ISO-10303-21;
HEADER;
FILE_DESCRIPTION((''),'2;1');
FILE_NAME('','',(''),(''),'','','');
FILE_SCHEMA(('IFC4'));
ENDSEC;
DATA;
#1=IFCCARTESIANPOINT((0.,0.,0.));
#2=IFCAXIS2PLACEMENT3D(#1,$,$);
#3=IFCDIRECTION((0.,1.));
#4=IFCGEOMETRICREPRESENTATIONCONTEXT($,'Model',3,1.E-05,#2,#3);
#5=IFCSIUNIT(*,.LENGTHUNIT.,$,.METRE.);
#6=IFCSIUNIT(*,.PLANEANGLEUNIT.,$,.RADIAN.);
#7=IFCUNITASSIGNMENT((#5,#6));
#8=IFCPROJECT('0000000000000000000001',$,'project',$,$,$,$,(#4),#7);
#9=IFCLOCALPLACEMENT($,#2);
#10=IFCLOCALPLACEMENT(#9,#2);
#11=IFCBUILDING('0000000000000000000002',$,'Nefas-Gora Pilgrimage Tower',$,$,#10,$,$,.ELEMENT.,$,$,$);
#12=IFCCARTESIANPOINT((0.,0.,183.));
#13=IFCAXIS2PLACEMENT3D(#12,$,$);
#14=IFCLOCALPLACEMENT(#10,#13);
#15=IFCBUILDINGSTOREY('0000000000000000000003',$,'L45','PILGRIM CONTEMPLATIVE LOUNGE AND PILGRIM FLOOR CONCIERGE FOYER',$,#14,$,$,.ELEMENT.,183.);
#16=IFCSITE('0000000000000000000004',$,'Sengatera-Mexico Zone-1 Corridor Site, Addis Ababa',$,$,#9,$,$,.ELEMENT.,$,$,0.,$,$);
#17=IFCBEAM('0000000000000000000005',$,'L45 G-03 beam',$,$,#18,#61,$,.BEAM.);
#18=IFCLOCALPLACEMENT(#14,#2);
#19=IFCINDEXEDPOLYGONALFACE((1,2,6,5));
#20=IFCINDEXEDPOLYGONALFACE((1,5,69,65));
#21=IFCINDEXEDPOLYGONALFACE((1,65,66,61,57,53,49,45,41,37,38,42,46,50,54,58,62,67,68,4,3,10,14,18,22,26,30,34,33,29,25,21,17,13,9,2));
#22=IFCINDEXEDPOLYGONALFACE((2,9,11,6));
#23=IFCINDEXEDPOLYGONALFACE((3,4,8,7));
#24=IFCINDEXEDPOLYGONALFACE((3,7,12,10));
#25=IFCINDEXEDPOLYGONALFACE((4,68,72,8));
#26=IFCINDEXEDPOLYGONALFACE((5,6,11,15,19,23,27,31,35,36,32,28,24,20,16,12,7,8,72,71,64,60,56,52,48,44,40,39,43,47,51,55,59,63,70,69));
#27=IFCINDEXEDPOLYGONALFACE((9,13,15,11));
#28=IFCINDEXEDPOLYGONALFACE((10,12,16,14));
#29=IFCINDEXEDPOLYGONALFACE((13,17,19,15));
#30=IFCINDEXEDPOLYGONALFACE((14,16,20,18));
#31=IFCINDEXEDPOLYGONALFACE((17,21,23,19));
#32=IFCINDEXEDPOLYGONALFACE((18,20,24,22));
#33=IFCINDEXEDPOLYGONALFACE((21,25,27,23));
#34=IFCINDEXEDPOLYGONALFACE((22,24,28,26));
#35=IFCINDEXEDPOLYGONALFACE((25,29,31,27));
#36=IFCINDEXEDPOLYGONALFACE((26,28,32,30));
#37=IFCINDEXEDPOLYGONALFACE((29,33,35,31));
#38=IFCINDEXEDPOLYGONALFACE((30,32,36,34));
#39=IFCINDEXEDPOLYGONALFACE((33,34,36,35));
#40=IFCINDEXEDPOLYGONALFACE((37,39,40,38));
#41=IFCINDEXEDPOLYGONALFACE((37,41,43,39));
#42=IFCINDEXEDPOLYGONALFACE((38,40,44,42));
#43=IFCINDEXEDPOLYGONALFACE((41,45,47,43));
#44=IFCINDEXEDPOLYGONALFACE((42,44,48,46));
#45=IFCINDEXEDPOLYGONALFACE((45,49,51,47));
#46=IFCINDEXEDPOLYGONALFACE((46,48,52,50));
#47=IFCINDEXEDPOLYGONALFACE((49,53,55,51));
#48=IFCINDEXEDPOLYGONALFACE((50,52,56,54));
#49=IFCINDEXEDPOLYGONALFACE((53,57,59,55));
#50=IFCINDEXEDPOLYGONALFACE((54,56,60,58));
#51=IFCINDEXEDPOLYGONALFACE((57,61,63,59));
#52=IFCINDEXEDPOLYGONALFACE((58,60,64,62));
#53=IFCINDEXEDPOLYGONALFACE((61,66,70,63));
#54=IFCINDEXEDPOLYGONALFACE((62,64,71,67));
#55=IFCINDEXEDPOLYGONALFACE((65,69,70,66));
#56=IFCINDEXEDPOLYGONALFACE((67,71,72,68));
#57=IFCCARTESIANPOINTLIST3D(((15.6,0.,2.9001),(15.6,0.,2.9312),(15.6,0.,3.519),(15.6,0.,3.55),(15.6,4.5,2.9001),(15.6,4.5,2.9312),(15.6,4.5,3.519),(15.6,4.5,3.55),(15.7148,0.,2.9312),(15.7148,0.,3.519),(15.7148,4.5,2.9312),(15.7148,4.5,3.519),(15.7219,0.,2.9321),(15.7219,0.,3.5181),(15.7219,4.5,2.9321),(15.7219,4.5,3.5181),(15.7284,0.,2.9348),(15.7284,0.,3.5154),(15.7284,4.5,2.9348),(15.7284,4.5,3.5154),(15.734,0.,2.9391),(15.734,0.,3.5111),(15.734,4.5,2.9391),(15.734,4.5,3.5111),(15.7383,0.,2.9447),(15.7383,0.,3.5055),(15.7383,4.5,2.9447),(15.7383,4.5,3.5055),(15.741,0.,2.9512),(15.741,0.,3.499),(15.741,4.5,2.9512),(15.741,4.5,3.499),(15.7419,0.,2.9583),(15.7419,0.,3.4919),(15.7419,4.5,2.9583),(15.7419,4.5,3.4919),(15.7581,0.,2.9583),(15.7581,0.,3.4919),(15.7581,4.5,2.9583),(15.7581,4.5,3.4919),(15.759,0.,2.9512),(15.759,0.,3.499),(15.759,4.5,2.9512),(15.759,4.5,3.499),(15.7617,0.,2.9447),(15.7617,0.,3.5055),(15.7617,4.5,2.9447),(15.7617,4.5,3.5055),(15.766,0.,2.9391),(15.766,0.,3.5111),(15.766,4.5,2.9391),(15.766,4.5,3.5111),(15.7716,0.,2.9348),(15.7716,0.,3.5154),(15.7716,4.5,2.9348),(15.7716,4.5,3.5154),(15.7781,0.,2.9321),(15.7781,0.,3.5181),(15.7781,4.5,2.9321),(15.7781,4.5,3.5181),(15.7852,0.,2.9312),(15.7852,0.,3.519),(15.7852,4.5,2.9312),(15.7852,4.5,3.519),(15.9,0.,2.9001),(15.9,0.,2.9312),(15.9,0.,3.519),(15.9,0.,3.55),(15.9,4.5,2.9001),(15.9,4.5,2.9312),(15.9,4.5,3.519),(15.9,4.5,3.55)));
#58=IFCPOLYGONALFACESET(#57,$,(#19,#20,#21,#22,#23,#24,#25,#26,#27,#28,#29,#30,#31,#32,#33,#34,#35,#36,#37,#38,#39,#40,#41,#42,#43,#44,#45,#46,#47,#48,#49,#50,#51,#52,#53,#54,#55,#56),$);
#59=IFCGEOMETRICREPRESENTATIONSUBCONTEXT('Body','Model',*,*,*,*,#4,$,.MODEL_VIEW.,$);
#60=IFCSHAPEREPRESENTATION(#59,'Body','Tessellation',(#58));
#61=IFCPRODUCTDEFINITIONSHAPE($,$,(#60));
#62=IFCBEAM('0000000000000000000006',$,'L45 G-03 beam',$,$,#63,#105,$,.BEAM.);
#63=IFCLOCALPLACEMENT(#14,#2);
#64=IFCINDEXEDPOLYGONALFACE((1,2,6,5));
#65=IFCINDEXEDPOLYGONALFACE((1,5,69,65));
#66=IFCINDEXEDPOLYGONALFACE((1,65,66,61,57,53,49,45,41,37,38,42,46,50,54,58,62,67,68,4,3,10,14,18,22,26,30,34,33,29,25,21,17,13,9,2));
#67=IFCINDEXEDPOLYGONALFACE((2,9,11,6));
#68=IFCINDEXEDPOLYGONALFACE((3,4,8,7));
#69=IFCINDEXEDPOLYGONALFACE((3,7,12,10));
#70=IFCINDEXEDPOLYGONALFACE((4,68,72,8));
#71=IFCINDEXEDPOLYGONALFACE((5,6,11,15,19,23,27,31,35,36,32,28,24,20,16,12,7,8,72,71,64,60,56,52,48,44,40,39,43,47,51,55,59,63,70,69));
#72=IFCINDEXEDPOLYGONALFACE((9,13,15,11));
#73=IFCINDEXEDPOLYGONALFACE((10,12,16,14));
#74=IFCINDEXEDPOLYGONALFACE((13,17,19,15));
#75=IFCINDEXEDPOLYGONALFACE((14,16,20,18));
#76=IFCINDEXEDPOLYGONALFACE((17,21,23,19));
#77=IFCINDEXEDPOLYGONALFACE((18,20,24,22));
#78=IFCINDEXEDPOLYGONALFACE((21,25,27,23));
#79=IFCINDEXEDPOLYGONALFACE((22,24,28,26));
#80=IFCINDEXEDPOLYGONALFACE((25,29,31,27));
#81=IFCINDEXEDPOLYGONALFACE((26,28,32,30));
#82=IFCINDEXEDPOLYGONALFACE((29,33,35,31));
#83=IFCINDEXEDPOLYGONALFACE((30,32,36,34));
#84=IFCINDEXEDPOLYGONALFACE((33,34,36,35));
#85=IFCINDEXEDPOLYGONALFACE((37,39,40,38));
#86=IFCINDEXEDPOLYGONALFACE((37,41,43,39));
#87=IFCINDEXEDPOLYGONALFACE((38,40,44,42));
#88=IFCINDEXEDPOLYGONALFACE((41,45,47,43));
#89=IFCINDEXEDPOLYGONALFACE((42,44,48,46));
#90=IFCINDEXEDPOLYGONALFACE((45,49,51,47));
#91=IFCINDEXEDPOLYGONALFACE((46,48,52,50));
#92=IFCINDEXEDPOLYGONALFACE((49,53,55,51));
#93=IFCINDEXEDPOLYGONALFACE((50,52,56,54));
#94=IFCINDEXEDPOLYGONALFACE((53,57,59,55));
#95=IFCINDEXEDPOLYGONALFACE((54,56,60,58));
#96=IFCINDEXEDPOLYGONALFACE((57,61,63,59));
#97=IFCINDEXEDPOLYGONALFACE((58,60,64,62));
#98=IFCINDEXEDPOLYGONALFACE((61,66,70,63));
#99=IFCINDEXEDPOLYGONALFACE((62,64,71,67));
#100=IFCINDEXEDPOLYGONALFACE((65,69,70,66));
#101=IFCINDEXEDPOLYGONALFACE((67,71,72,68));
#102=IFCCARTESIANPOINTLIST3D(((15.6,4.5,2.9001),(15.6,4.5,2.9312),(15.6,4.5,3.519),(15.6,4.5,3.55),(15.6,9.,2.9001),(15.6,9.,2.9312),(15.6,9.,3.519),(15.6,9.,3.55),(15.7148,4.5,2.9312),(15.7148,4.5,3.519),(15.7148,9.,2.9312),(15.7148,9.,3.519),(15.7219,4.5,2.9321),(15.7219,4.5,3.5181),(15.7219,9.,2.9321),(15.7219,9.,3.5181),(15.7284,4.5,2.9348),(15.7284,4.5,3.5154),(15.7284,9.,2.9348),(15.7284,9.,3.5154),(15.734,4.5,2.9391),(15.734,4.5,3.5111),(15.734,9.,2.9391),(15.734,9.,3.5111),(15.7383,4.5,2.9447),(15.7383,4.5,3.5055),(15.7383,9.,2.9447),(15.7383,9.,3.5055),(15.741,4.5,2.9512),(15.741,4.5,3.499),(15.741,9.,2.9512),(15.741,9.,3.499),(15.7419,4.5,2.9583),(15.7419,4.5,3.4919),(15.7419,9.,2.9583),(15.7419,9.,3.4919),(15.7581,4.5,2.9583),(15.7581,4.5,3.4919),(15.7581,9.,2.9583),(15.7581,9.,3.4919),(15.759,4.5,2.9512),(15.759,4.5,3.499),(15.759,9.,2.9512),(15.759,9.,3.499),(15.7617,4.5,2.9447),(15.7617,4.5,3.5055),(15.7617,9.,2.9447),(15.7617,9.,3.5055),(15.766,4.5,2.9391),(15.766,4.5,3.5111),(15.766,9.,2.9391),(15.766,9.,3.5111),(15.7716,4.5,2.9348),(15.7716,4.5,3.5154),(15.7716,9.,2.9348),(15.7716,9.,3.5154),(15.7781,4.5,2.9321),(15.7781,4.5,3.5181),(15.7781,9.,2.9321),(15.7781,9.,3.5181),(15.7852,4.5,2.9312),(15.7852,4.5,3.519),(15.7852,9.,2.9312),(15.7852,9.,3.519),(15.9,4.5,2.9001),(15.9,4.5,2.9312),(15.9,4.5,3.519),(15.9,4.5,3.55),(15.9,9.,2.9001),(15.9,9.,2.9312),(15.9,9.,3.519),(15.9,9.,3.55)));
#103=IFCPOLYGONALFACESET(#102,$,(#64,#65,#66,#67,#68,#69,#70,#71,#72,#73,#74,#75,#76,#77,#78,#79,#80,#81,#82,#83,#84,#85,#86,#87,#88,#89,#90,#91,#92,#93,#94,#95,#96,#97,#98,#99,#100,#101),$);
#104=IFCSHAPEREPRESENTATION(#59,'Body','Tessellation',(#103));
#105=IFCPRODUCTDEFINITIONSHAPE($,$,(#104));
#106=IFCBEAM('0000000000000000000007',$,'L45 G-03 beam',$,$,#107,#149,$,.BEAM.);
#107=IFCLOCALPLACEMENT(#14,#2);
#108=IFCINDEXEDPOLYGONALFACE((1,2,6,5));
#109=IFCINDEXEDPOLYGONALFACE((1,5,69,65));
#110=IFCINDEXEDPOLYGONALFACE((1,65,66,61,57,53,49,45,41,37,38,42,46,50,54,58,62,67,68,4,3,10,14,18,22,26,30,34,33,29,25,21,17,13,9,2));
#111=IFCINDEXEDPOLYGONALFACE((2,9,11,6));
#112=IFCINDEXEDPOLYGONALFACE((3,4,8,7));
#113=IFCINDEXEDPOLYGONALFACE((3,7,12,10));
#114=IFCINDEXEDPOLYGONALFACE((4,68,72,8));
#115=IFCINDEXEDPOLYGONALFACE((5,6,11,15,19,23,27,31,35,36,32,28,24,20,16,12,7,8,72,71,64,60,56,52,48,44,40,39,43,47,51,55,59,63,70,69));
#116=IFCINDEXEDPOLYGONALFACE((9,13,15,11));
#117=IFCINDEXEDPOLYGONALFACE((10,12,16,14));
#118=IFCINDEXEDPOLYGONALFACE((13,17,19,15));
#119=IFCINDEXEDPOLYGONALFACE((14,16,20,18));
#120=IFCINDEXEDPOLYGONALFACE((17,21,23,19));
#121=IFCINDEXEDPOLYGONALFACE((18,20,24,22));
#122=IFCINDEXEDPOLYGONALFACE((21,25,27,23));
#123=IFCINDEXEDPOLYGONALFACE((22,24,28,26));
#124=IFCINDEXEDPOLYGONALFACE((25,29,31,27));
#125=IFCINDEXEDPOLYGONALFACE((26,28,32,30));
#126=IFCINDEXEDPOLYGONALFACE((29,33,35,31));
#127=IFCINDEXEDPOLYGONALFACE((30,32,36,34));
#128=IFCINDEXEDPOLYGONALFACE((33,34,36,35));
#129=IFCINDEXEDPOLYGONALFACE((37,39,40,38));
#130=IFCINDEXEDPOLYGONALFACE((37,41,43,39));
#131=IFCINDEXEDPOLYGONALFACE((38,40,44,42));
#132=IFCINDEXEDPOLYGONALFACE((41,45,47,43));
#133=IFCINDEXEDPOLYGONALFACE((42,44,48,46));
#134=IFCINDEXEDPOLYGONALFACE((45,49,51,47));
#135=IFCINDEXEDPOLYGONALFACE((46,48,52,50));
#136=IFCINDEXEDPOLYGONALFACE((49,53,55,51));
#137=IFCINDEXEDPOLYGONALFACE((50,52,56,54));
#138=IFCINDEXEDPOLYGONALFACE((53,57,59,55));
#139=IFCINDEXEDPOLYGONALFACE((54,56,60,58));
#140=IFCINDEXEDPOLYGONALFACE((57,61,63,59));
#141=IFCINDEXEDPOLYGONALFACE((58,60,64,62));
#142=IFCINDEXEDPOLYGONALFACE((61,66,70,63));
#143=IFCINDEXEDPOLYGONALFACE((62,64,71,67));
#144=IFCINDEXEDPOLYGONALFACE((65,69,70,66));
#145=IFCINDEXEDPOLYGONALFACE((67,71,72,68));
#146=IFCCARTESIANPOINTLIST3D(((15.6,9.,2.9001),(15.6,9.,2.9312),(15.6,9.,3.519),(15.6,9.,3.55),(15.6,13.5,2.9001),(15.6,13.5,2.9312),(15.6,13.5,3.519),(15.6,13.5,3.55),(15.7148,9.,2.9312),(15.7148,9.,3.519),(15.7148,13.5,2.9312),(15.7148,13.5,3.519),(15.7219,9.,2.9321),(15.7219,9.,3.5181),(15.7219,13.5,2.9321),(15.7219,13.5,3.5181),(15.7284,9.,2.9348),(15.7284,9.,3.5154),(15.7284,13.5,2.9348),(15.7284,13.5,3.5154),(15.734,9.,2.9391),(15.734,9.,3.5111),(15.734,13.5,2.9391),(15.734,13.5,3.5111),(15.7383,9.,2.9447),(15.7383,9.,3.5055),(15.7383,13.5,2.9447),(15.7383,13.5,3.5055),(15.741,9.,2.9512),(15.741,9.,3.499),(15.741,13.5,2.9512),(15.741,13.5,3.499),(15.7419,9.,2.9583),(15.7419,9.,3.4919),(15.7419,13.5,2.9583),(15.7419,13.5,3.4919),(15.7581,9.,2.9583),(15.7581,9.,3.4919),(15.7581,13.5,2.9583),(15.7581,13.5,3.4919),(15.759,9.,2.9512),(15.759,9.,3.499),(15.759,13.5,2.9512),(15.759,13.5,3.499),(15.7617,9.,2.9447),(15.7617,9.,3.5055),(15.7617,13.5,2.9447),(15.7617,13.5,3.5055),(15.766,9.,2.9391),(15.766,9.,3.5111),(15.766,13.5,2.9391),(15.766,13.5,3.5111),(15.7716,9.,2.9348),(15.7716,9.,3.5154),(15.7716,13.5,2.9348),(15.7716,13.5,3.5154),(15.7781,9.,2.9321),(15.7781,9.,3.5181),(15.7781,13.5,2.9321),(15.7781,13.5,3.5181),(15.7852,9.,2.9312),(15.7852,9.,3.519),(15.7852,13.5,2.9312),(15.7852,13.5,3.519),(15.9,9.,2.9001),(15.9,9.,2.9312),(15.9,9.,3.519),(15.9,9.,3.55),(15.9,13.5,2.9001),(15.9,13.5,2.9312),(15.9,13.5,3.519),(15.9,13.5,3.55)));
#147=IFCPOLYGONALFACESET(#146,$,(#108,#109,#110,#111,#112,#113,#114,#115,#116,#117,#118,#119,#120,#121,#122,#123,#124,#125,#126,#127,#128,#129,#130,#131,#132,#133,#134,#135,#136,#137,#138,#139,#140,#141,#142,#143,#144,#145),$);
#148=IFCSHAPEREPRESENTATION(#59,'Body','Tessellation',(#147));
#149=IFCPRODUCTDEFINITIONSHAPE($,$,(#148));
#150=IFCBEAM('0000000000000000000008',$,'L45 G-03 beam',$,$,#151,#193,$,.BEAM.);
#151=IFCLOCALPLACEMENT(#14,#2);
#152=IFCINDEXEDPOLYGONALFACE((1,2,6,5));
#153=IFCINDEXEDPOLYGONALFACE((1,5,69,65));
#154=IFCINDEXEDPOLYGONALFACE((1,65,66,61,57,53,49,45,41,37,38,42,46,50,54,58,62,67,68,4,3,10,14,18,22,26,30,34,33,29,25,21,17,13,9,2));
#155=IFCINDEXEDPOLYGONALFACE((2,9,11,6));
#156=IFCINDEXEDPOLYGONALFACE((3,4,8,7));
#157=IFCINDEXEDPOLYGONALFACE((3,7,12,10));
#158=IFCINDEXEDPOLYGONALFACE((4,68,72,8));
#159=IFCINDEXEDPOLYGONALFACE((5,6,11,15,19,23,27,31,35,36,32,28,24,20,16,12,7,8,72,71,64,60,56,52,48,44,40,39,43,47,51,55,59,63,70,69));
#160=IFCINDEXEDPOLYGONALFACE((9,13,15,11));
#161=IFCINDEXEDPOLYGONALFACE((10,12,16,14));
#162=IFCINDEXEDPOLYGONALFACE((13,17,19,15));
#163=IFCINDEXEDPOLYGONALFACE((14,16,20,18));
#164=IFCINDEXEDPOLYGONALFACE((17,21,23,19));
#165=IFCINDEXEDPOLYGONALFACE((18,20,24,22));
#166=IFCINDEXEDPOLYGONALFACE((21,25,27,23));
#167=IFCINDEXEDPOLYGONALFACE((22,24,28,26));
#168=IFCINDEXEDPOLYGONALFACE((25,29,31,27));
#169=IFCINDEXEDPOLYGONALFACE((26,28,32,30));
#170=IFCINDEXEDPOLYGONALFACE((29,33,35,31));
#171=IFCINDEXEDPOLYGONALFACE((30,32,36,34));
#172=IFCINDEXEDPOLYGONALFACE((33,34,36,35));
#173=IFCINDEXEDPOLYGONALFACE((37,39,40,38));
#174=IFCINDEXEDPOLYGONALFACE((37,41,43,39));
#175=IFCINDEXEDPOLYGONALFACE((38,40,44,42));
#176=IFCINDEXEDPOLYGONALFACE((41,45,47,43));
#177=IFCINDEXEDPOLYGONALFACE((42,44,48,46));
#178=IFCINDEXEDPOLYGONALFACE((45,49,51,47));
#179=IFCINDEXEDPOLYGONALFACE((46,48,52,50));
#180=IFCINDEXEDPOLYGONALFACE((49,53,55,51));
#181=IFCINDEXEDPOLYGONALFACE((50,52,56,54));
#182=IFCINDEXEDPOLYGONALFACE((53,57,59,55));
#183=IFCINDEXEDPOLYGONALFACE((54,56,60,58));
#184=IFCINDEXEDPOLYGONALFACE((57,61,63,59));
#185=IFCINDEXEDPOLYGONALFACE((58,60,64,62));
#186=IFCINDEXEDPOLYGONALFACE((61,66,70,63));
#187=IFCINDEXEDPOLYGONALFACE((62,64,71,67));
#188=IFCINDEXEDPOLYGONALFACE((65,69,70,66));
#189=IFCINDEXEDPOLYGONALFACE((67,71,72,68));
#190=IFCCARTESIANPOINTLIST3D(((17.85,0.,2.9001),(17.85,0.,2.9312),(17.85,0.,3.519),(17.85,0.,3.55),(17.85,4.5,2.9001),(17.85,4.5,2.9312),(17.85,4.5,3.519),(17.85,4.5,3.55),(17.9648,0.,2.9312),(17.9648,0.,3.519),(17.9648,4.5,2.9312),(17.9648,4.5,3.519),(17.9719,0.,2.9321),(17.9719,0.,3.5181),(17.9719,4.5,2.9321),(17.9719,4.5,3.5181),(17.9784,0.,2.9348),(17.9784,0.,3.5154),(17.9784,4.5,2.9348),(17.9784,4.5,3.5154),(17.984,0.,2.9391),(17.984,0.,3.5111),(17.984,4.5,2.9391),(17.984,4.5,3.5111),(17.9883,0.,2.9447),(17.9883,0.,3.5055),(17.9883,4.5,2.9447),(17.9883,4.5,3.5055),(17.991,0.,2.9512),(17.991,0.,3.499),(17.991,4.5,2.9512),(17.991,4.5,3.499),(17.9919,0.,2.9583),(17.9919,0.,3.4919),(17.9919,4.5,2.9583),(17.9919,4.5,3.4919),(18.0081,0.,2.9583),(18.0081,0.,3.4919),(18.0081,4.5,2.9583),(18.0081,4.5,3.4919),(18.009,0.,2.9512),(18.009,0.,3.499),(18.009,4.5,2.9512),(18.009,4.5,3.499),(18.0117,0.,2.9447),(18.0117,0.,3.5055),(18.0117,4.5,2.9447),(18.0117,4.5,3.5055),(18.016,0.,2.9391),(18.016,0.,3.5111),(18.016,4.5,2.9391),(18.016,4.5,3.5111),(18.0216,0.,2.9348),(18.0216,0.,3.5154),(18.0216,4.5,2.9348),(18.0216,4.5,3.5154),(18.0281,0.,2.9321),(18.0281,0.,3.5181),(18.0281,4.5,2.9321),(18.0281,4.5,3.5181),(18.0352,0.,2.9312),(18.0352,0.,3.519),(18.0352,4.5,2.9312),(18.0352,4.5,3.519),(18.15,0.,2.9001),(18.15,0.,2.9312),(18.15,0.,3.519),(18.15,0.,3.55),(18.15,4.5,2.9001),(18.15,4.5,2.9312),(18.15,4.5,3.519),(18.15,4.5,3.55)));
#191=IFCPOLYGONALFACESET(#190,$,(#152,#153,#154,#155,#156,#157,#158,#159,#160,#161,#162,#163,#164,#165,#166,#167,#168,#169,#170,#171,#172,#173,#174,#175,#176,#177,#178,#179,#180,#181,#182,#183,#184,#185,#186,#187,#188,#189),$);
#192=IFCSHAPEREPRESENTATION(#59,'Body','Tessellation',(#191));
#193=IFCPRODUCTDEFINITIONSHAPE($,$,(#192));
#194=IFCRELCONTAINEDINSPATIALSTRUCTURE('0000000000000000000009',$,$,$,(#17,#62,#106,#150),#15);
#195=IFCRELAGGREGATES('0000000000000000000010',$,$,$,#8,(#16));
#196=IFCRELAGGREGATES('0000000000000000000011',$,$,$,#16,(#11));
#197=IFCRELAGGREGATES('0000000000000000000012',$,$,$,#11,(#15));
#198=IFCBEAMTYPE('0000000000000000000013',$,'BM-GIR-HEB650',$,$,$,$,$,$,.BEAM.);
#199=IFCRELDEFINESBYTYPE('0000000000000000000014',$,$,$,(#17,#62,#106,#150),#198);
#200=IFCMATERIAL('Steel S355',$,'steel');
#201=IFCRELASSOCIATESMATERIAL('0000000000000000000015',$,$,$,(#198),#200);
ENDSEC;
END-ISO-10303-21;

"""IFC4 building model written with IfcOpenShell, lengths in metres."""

from ifc_helpers import new_model, si_unit, direction, frame, origin, origin_2d, place, context, subcontext, project, spatial, i_section, extrude, source, transform, mapped, material, material_profile, profile_set, type_object, element, save


model = new_model("IFC4")

# Units and contexts
model_context = context("Model", 3, precision=1e-05, world=origin(), true_north=direction((0.0, 1.0)))
body_context = subcontext(model_context, "Body", "Model", "MODEL_VIEW")
ifc_project = project(units=[si_unit("LENGTHUNIT", "METRE"), si_unit("PLANEANGLEUNIT", "RADIAN")], contexts=[model_context])

# Site, building, storey
site_placement = place(None, origin())
site = spatial("IfcSite", under=ifc_project, at=site_placement, Name="Sengatera-Mexico Zone-1 Corridor Site, Addis Ababa", CompositionType="ELEMENT", RefElevation=0.0)
building_placement = place(site_placement, origin())
building = spatial("IfcBuilding", under=site, at=building_placement, Name="Nefas-Gora Pilgrimage Tower", CompositionType="ELEMENT")
storey_placement = place(building_placement, frame((0.0, 0.0, 183.0)))
storey = spatial("IfcBuildingStorey", under=building, at=storey_placement, Name="L45", Description="PILGRIM CONTEMPLATIVE LOUNGE AND PILGRIM FLOOR CONCIERGE FOYER", CompositionType="ELEMENT", Elevation=183.0)

# Beams
ifc_material_1 = material(Name="Steel S355", Category="steel")
ifc_material_profile_1 = material_profile(ifc_material_1, i_section(OverallWidth=0.3, OverallDepth=0.6499, WebThickness=0.0161, FlangeThickness=0.031, FilletRadius=0.0271, at=origin_2d()), Name="HEB 650")
ifc_profile_set_1 = profile_set([ifc_material_profile_1], Name="Steel S355")
beam_type_1 = type_object("IfcBeamType", Name="BM-GIR-HEB650", PredefinedType="BEAM", material=ifc_profile_set_1)
shared_shape_1 = source(origin(), body_context, "Body", "SweptSolid", [
    extrude(i_section(OverallWidth=0.3, OverallDepth=0.6499, WebThickness=0.0161, FlangeThickness=0.031, FilletRadius=0.0271, at=origin_2d()), origin(), (0.0, 0.0, 1.0), 4.5),
])
for number, where, z_axis, x_axis, name in (
    (1, (15.75, 0.0, 3.2251), (0.0, 1.0, 0.0), (-1.0, 0.0, 0.0), "L45 G-03 beam"),
    (2, (15.75, 4.5, 3.2251), (0.0, 1.0, 0.0), (-1.0, 0.0, 0.0), "L45 G-03 beam"),
    (3, (15.75, 9.0, 3.2251), (0.0, 1.0, 0.0), (-1.0, 0.0, 0.0), "L45 G-03 beam"),
    (4, (18.0, 0.0, 3.2251), (0.0, 1.0, 0.0), (-1.0, 0.0, 0.0), "L45 G-03 beam"),
):
    element("IfcBeam", number, at=place(storey_placement, frame(where, z_axis=z_axis, x_axis=x_axis)), inside=storey, type_object=beam_type_1, Name=name, PredefinedType="BEAM", context=body_context, shape_type="MappedRepresentation", body=[
        mapped(shared_shape_1, transform((0.0, 0.0, 0.0), x_axis=(1.0, 0.0, 0.0), y_axis=(0.0, 1.0, 0.0), z_axis=(0.0, 0.0, 1.0), scale=1.0)),
    ])

save(model, "model.ifc")
